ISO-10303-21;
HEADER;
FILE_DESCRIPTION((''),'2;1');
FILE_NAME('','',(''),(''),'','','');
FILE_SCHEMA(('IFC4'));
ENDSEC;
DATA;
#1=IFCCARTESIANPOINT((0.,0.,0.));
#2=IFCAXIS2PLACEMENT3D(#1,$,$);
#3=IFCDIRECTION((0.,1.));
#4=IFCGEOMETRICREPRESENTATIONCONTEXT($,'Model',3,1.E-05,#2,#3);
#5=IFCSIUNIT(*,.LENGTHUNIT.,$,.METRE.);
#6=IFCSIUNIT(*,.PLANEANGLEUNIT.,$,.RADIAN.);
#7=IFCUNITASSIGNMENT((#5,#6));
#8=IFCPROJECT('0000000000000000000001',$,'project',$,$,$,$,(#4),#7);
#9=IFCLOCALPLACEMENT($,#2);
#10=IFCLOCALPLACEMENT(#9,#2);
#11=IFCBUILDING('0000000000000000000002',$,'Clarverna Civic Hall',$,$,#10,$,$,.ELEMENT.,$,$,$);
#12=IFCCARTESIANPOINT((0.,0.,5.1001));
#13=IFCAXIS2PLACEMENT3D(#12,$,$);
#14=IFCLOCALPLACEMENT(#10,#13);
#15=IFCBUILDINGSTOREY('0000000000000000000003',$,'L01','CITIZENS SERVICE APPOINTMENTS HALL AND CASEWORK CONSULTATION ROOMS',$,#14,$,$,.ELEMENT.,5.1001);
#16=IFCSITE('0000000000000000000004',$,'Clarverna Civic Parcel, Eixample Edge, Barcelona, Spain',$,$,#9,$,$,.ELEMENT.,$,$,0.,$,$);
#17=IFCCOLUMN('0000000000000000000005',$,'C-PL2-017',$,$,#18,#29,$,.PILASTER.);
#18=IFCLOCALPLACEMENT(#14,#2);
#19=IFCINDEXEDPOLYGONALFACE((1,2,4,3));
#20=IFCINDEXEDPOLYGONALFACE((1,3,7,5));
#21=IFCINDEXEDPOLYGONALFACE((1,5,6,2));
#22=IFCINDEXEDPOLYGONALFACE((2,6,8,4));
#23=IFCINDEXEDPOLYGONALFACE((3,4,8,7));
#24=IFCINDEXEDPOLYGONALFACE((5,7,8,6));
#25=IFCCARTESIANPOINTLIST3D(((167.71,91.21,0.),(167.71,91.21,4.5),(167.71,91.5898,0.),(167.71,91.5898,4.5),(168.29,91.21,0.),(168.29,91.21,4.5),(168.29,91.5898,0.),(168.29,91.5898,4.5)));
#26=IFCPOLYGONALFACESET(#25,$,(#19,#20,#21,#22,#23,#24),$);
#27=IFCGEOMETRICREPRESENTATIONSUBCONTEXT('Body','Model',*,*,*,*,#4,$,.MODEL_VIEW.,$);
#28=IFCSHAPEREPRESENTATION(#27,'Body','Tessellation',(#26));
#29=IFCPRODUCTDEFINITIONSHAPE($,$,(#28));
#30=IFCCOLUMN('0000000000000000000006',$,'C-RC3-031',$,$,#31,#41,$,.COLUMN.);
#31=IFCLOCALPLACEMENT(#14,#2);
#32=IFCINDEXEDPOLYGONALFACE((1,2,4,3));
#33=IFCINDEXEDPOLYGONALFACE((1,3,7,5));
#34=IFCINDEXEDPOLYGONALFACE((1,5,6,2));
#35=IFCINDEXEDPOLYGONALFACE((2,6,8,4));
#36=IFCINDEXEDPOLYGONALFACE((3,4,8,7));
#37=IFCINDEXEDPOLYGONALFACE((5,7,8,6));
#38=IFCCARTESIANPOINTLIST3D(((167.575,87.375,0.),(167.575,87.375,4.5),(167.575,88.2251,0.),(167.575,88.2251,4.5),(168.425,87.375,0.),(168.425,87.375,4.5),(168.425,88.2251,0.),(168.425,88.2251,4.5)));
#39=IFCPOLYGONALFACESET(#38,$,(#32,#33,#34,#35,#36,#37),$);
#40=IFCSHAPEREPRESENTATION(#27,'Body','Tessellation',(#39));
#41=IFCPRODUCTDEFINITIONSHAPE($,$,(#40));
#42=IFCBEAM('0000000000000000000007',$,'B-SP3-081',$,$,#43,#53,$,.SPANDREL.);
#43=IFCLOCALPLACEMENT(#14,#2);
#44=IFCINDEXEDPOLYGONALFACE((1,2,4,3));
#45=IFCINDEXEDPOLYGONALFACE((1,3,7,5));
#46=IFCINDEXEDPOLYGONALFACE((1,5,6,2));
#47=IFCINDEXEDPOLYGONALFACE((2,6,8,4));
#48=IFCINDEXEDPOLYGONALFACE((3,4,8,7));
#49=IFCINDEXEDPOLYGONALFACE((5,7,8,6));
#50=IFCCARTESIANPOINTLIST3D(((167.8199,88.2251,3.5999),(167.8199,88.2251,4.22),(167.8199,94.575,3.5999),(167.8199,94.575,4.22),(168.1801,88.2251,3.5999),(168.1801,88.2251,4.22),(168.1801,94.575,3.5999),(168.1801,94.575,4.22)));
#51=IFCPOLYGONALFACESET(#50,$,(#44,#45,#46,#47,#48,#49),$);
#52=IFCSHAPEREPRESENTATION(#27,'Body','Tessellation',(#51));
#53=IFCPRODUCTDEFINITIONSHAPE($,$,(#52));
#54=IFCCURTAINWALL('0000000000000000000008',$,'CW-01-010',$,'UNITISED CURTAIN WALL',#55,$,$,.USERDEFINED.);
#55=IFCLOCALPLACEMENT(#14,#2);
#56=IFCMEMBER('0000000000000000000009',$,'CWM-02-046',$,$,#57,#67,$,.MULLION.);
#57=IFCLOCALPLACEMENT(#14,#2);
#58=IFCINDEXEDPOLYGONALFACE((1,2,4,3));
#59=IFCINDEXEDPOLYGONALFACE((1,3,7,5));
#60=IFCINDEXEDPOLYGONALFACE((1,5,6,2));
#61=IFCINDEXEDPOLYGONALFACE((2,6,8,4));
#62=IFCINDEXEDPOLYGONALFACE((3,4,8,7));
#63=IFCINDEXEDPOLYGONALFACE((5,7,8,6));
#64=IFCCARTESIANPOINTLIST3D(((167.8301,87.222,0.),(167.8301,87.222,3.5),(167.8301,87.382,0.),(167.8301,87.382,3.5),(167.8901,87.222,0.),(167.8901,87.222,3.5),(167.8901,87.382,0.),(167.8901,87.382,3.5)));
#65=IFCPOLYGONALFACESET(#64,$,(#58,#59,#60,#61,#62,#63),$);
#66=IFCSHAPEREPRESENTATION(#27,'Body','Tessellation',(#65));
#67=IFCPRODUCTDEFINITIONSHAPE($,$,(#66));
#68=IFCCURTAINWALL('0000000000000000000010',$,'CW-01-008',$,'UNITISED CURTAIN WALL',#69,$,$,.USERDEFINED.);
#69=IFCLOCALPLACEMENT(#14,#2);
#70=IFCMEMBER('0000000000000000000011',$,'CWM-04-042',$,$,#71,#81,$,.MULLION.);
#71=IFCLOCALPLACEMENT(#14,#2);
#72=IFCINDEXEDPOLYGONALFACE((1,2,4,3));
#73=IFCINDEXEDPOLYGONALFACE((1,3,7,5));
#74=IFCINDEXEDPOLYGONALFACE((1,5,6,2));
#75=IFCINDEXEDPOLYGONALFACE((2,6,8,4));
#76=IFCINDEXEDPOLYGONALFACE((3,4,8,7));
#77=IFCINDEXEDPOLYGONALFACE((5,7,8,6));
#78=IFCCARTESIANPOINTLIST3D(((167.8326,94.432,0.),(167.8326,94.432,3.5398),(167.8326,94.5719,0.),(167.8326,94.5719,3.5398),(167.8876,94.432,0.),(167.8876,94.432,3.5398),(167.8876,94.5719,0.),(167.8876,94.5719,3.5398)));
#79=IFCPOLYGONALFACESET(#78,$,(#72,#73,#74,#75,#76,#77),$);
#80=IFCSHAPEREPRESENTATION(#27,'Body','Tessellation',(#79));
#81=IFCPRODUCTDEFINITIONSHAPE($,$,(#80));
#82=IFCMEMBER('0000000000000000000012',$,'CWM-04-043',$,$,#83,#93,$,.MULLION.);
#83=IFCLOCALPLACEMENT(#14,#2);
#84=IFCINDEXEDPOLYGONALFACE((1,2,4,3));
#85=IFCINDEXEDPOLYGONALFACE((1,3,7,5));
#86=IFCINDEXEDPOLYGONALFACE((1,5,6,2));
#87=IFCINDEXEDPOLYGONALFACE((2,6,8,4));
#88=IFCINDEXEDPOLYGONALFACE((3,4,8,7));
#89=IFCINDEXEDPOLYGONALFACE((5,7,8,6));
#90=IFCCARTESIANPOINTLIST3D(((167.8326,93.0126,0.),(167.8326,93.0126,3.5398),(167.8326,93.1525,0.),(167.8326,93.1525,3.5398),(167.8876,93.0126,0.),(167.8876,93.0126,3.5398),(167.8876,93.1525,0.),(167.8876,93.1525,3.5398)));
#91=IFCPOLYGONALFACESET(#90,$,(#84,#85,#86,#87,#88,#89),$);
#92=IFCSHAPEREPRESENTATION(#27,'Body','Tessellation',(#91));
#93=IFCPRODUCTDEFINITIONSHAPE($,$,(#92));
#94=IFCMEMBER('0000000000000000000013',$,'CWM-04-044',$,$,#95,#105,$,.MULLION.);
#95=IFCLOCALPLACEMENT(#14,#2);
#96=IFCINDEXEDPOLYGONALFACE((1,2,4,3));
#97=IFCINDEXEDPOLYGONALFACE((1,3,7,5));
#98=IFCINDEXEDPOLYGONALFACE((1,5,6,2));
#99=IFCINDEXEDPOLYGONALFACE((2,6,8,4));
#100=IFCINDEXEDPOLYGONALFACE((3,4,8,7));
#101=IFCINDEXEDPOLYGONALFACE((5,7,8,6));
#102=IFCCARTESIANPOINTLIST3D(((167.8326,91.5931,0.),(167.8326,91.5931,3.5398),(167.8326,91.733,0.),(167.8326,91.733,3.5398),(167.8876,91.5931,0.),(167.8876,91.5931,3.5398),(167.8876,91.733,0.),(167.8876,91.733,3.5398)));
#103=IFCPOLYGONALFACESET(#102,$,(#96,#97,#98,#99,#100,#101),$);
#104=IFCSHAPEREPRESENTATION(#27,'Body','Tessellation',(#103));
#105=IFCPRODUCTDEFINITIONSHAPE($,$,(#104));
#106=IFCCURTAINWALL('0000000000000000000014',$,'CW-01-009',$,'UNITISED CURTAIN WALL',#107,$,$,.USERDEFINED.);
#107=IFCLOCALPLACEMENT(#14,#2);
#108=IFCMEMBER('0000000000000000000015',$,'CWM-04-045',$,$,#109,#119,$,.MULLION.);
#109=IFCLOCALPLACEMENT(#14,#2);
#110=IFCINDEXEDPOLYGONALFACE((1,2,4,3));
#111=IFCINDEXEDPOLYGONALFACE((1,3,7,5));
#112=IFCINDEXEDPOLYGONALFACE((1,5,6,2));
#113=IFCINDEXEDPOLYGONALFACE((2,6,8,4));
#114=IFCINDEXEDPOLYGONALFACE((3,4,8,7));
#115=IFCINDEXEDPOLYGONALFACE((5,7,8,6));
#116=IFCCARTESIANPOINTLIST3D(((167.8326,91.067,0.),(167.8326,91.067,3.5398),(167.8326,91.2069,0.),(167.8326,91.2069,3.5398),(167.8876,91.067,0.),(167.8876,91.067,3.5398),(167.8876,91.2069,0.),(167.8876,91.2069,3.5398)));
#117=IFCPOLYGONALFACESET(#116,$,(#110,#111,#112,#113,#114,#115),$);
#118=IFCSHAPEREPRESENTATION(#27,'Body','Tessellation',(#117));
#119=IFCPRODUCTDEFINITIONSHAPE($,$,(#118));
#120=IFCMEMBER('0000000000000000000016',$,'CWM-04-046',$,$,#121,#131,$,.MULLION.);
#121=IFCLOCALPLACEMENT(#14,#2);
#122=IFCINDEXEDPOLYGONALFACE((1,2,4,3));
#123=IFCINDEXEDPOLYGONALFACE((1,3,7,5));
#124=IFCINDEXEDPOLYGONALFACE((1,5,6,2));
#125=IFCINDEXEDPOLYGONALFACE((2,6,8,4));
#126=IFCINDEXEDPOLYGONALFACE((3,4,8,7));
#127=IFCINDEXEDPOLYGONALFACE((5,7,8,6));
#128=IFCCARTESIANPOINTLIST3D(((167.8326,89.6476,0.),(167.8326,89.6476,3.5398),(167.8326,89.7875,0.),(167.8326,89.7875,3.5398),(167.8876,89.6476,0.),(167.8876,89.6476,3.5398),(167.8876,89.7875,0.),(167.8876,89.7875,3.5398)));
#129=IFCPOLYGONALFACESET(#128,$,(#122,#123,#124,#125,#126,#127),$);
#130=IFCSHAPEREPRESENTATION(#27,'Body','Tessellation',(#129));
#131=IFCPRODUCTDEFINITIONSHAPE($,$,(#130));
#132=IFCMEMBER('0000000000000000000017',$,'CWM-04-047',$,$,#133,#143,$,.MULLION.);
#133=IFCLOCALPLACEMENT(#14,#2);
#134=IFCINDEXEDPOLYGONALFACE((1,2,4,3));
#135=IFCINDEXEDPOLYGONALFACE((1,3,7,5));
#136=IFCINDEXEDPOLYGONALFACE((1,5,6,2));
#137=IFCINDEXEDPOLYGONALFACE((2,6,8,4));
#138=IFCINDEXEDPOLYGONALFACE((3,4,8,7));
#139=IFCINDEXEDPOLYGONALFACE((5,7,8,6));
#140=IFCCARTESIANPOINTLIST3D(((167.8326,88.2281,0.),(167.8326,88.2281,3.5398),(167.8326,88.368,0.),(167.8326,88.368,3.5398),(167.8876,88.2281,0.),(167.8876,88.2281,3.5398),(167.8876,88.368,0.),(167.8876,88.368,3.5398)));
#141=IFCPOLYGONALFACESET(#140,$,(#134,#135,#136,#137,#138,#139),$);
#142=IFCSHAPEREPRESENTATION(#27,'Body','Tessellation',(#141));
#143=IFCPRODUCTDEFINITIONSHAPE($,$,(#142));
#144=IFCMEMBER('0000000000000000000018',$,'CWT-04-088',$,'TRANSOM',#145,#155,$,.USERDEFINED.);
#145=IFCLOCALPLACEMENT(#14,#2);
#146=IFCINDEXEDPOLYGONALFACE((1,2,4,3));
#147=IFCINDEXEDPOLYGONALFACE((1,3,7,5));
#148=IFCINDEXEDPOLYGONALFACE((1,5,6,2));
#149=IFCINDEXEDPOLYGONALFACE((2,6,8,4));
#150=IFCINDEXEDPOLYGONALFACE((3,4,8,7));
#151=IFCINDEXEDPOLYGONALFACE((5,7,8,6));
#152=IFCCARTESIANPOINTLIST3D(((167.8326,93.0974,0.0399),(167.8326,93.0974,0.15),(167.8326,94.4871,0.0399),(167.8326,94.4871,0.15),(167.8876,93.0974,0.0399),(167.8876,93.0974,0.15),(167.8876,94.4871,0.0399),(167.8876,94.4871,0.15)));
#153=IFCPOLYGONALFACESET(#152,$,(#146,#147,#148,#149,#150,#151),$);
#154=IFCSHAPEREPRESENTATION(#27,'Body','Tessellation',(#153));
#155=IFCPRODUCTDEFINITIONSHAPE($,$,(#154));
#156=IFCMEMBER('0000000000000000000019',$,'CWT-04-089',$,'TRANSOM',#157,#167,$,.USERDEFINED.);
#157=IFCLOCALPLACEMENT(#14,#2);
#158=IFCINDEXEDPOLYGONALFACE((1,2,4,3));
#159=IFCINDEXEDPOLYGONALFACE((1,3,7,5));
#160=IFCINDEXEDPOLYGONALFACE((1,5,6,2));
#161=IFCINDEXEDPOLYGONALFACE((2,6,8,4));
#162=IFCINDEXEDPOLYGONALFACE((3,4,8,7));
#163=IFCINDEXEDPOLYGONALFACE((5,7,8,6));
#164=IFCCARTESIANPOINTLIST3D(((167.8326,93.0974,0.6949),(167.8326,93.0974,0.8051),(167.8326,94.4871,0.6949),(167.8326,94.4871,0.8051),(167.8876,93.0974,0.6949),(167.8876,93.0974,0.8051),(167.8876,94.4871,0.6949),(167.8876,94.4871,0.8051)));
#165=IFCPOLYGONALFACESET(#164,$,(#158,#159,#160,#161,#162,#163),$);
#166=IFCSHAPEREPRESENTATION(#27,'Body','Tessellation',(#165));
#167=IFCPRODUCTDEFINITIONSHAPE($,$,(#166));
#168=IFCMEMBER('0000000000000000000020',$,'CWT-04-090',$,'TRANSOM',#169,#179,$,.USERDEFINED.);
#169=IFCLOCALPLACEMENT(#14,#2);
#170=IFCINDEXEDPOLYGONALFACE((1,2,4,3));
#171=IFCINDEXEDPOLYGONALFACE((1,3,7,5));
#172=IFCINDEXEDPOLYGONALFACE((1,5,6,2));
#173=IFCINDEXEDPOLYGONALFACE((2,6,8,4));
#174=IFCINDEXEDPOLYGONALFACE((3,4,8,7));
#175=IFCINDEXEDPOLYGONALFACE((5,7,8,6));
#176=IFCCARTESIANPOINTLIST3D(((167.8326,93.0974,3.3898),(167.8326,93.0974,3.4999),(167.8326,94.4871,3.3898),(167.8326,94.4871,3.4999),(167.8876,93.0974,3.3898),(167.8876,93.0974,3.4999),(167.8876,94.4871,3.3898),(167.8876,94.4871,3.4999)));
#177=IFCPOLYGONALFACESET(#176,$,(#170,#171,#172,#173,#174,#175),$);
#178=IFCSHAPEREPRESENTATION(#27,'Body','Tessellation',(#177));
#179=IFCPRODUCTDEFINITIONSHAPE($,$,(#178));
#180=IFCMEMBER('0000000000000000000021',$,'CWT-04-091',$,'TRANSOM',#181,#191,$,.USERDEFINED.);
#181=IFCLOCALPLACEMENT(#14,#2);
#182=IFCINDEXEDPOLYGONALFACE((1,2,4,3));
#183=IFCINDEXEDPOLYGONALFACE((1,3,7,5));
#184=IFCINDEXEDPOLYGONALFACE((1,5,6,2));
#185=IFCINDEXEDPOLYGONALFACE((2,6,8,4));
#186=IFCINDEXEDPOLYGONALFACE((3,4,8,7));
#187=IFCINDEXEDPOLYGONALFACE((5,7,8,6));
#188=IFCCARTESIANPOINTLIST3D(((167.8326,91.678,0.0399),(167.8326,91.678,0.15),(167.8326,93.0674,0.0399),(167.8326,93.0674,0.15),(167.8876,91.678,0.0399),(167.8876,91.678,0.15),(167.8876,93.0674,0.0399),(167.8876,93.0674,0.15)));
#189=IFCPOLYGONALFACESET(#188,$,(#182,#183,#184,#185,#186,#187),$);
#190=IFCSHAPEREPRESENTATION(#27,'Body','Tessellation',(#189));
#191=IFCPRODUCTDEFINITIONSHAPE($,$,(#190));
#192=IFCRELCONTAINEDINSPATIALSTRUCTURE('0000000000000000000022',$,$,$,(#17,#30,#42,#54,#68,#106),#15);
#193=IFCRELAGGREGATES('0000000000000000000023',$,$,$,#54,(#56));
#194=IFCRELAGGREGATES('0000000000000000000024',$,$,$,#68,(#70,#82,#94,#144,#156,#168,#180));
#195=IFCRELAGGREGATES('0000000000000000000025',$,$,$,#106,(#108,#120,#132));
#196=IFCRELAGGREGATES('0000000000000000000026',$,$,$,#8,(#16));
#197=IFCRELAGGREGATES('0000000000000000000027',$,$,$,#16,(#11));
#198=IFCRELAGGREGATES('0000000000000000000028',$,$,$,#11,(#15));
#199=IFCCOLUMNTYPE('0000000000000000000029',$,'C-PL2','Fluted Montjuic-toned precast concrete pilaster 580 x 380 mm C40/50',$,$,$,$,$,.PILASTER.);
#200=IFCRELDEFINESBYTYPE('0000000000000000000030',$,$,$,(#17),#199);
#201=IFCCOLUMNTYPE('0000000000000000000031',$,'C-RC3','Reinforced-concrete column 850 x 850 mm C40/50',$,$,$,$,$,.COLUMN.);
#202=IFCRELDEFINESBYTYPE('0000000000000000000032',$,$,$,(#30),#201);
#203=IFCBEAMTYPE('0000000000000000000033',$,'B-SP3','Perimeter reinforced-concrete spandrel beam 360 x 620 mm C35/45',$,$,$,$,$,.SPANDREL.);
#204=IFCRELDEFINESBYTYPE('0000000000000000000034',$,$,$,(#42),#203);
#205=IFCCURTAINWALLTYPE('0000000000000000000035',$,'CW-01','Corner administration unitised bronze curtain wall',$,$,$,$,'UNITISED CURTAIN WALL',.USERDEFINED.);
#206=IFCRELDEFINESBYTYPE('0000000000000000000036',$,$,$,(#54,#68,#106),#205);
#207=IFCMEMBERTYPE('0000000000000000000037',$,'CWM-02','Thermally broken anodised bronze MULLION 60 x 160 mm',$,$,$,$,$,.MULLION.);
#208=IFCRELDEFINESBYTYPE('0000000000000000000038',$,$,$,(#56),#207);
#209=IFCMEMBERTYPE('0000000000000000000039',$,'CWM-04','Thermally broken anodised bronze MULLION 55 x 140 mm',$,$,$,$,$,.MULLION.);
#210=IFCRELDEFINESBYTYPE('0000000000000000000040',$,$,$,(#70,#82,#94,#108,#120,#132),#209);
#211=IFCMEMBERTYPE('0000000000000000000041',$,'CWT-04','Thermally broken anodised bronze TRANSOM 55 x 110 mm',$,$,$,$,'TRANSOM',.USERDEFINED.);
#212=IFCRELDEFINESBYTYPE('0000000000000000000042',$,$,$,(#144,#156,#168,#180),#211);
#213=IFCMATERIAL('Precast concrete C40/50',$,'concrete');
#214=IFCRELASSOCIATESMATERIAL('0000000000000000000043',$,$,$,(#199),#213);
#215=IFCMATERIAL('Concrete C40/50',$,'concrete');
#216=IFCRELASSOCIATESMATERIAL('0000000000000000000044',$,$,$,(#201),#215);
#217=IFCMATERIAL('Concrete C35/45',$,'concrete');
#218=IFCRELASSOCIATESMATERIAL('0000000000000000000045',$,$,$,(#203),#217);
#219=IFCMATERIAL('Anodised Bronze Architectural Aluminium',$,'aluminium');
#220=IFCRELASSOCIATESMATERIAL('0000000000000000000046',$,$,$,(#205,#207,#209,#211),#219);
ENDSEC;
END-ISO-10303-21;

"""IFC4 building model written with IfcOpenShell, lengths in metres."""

from ifc_helpers import new_model, si_unit, direction, frame, origin, origin_2d, place, context, subcontext, project, spatial, rectangle, extrude, material, material_profile, profile_set, type_object, element, aggregate, save


model = new_model("IFC4")

# Units and contexts
model_context = context("Model", 3, precision=1e-05, world=origin(), true_north=direction((0.0, 1.0)))
body_context = subcontext(model_context, "Body", "Model", "MODEL_VIEW")
ifc_project = project(units=[si_unit("LENGTHUNIT", "METRE"), si_unit("PLANEANGLEUNIT", "RADIAN")], contexts=[model_context])

# Site, building, storey
site_placement = place(None, origin())
site = spatial("IfcSite", under=ifc_project, at=site_placement, Name="Clarverna Civic Parcel, Eixample Edge, Barcelona, Spain", CompositionType="ELEMENT", RefElevation=0.0)
building_placement = place(site_placement, origin())
building = spatial("IfcBuilding", under=site, at=building_placement, Name="Clarverna Civic Hall", CompositionType="ELEMENT")
storey_placement = place(building_placement, frame((0.0, 0.0, 5.1001)))
storey = spatial("IfcBuildingStorey", under=building, at=storey_placement, Name="L01", Description="CITIZENS SERVICE APPOINTMENTS HALL AND CASEWORK CONSULTATION ROOMS", CompositionType="ELEMENT", Elevation=5.1001)

# Columns
ifc_material_1 = material(Name="Precast concrete C40/50", Category="concrete")
ifc_material_profile_1 = material_profile(ifc_material_1, rectangle(XDim=0.5801, YDim=0.3799, at=origin_2d()), Name="PILASTER 580x380")
ifc_profile_set_1 = profile_set([ifc_material_profile_1], Name="Precast concrete C40/50")
column_type_1 = type_object("IfcColumnType", Name="C-PL2", Description="Fluted Montjuic-toned precast concrete pilaster 580 x 380 mm C40/50", PredefinedType="PILASTER", material=ifc_profile_set_1)
column_1_placement = place(storey_placement, frame((168.0, 91.3999, 0.0), z_axis=(0.0, 0.0, 1.0), x_axis=(1.0, 0.0, 0.0)))
element("IfcColumn", 1, at=column_1_placement, inside=storey, type_object=column_type_1, Name="C-PL2-017", PredefinedType="PILASTER", context=body_context, shape_type="SweptSolid", body=[
    extrude(rectangle(XDim=0.5801, YDim=0.3799, at=origin_2d()), origin(), (0.0, 0.0, 1.0), 4.5),
])
ifc_material_2 = material(Name="Concrete C40/50", Category="concrete")
ifc_material_profile_2 = material_profile(ifc_material_2, rectangle(XDim=0.8501, YDim=0.8501, at=origin_2d()), Name="RC 850x850")
ifc_profile_set_2 = profile_set([ifc_material_profile_2], Name="Concrete C40/50")
column_type_2 = type_object("IfcColumnType", Name="C-RC3", Description="Reinforced-concrete column 850 x 850 mm C40/50", PredefinedType="COLUMN", material=ifc_profile_set_2)
column_2_placement = place(storey_placement, frame((168.0, 87.8, 0.0), z_axis=(0.0, 0.0, 1.0), x_axis=(1.0, 0.0, 0.0)))
element("IfcColumn", 2, at=column_2_placement, inside=storey, type_object=column_type_2, Name="C-RC3-031", PredefinedType="COLUMN", context=body_context, shape_type="SweptSolid", body=[
    extrude(rectangle(XDim=0.8501, YDim=0.8501, at=origin_2d()), origin(), (0.0, 0.0, 1.0), 4.5),
])

# Beam
ifc_material_3 = material(Name="Concrete C35/45", Category="concrete")
ifc_material_profile_3 = material_profile(ifc_material_3, rectangle(XDim=0.3601, YDim=0.6201, at=origin_2d()), Name="RC 360x620")
ifc_profile_set_3 = profile_set([ifc_material_profile_3], Name="Concrete C35/45")
beam_type_1 = type_object("IfcBeamType", Name="B-SP3", Description="Perimeter reinforced-concrete spandrel beam 360 x 620 mm C35/45", PredefinedType="SPANDREL", material=ifc_profile_set_3)
beam_1_placement = place(storey_placement, frame((168.0, 88.2251, 3.9099), z_axis=(0.0, 1.0, 0.0), x_axis=(-1.0, 0.0, 0.0)))
element("IfcBeam", 3, at=beam_1_placement, inside=storey, type_object=beam_type_1, Name="B-SP3-081", PredefinedType="SPANDREL", context=body_context, shape_type="SweptSolid", body=[
    extrude(rectangle(XDim=0.3601, YDim=0.6201, at=origin_2d()), origin(), (0.0, 0.0, 1.0), 6.3499),
])

# Curtain wall, member
ifc_material_4 = material(Name="Anodised Bronze Architectural Aluminium", Category="aluminium")
curtain_wall_type = type_object("IfcCurtainWallType", Name="CW-01", Description="Corner administration unitised bronze curtain wall", ElementType="UNITISED CURTAIN WALL", PredefinedType="USERDEFINED", material=ifc_material_4)
curtain_wall_1_placement = place(storey_placement, origin())
curtain_wall_1 = element("IfcCurtainWall", 4, at=curtain_wall_1_placement, inside=storey, type_object=curtain_wall_type, Name="CW-01-010", ObjectType="UNITISED CURTAIN WALL", PredefinedType="USERDEFINED")
ifc_material_profile_4 = material_profile(ifc_material_4, rectangle(XDim=0.0601, YDim=0.1599, at=origin_2d()), Name="BRONZE 60x160")
ifc_profile_set_4 = profile_set([ifc_material_profile_4], Name="Anodised Bronze Architectural Aluminium")
member_type_1 = type_object("IfcMemberType", Name="CWM-02", Description="Thermally broken anodised bronze MULLION 60 x 160 mm", PredefinedType="MULLION", material=ifc_profile_set_4)
member_1_placement = place(storey_placement, frame((167.8601, 87.302, 0.0), z_axis=(0.0, 0.0, 1.0), x_axis=(1.0, 0.0, 0.0)))
member_1 = element("IfcMember", 5, at=member_1_placement, type_object=member_type_1, Name="CWM-02-046", PredefinedType="MULLION", context=body_context, shape_type="SweptSolid", body=[
    extrude(rectangle(XDim=0.0601, YDim=0.1599, at=origin_2d()), origin(), (0.0, 0.0, 1.0), 3.5),
])
aggregate(curtain_wall_1, [member_1])

# Curtain walls, members
curtain_wall_2_placement = place(storey_placement, origin())
curtain_wall_2 = element("IfcCurtainWall", 6, at=curtain_wall_2_placement, inside=storey, type_object=curtain_wall_type, Name="CW-01-008", ObjectType="UNITISED CURTAIN WALL", PredefinedType="USERDEFINED")
ifc_material_profile_5 = material_profile(ifc_material_4, rectangle(XDim=0.0549, YDim=0.1399, at=origin_2d()), Name="BRONZE 55x140")
ifc_profile_set_5 = profile_set([ifc_material_profile_5], Name="Anodised Bronze Architectural Aluminium")
member_type_2 = type_object("IfcMemberType", Name="CWM-04", Description="Thermally broken anodised bronze MULLION 55 x 140 mm", PredefinedType="MULLION", material=ifc_profile_set_5)
member_2_placement = place(storey_placement, frame((167.8601, 94.502, 0.0), z_axis=(0.0, 0.0, 1.0), x_axis=(1.0, 0.0, 0.0)))
member_2 = element("IfcMember", 7, at=member_2_placement, type_object=member_type_2, Name="CWM-04-042", PredefinedType="MULLION", context=body_context, shape_type="SweptSolid", body=[
    extrude(rectangle(XDim=0.0549, YDim=0.1399, at=origin_2d()), origin(), (0.0, 0.0, 1.0), 3.5398),
])
member_3_placement = place(storey_placement, frame((167.8601, 93.0825, 0.0), z_axis=(0.0, 0.0, 1.0), x_axis=(1.0, 0.0, 0.0)))
member_3 = element("IfcMember", 8, at=member_3_placement, type_object=member_type_2, Name="CWM-04-043", PredefinedType="MULLION", context=body_context, shape_type="SweptSolid", body=[
    extrude(rectangle(XDim=0.0549, YDim=0.1399, at=origin_2d()), origin(), (0.0, 0.0, 1.0), 3.5398),
])
member_4_placement = place(storey_placement, frame((167.8601, 91.6631, 0.0), z_axis=(0.0, 0.0, 1.0), x_axis=(1.0, 0.0, 0.0)))
member_4 = element("IfcMember", 9, at=member_4_placement, type_object=member_type_2, Name="CWM-04-044", PredefinedType="MULLION", context=body_context, shape_type="SweptSolid", body=[
    extrude(rectangle(XDim=0.0549, YDim=0.1399, at=origin_2d()), origin(), (0.0, 0.0, 1.0), 3.5398),
])
curtain_wall_3_placement = place(storey_placement, origin())
curtain_wall_3 = element("IfcCurtainWall", 10, at=curtain_wall_3_placement, inside=storey, type_object=curtain_wall_type, Name="CW-01-009", ObjectType="UNITISED CURTAIN WALL", PredefinedType="USERDEFINED")
member_5_placement = place(storey_placement, frame((167.8601, 91.137, 0.0), z_axis=(0.0, 0.0, 1.0), x_axis=(1.0, 0.0, 0.0)))
member_5 = element("IfcMember", 11, at=member_5_placement, type_object=member_type_2, Name="CWM-04-045", PredefinedType="MULLION", context=body_context, shape_type="SweptSolid", body=[
    extrude(rectangle(XDim=0.0549, YDim=0.1399, at=origin_2d()), origin(), (0.0, 0.0, 1.0), 3.5398),
])
member_6_placement = place(storey_placement, frame((167.8601, 89.7175, 0.0), z_axis=(0.0, 0.0, 1.0), x_axis=(1.0, 0.0, 0.0)))
member_6 = element("IfcMember", 12, at=member_6_placement, type_object=member_type_2, Name="CWM-04-046", PredefinedType="MULLION", context=body_context, shape_type="SweptSolid", body=[
    extrude(rectangle(XDim=0.0549, YDim=0.1399, at=origin_2d()), origin(), (0.0, 0.0, 1.0), 3.5398),
])
member_7_placement = place(storey_placement, frame((167.8601, 88.2981, 0.0), z_axis=(0.0, 0.0, 1.0), x_axis=(1.0, 0.0, 0.0)))
member_7 = element("IfcMember", 13, at=member_7_placement, type_object=member_type_2, Name="CWM-04-047", PredefinedType="MULLION", context=body_context, shape_type="SweptSolid", body=[
    extrude(rectangle(XDim=0.0549, YDim=0.1399, at=origin_2d()), origin(), (0.0, 0.0, 1.0), 3.5398),
])

# Members
ifc_material_profile_6 = material_profile(ifc_material_4, rectangle(XDim=0.0549, YDim=0.1101, at=origin_2d()), Name="BRONZE 55x110")
ifc_profile_set_6 = profile_set([ifc_material_profile_6], Name="Anodised Bronze Architectural Aluminium")
member_type_3 = type_object("IfcMemberType", Name="CWT-04", Description="Thermally broken anodised bronze TRANSOM 55 x 110 mm", ElementType="TRANSOM", PredefinedType="USERDEFINED", material=ifc_profile_set_6)
member_8_placement = place(storey_placement, frame((167.8601, 94.4871, 0.095), z_axis=(0.0, -1.0, 0.0), x_axis=(1.0, 0.0, 0.0)))
member_8 = element("IfcMember", 14, at=member_8_placement, type_object=member_type_3, Name="CWT-04-088", ObjectType="TRANSOM", PredefinedType="USERDEFINED", context=body_context, shape_type="SweptSolid", body=[
    extrude(rectangle(XDim=0.0549, YDim=0.1101, at=origin_2d()), origin(), (0.0, 0.0, 1.0), 1.3896),
])
member_9_placement = place(storey_placement, frame((167.8601, 94.4871, 0.75), z_axis=(0.0, -1.0, 0.0), x_axis=(1.0, 0.0, 0.0)))
member_9 = element("IfcMember", 15, at=member_9_placement, type_object=member_type_3, Name="CWT-04-089", ObjectType="TRANSOM", PredefinedType="USERDEFINED", context=body_context, shape_type="SweptSolid", body=[
    extrude(rectangle(XDim=0.0549, YDim=0.1101, at=origin_2d()), origin(), (0.0, 0.0, 1.0), 1.3896),
])
member_10_placement = place(storey_placement, frame((167.8601, 94.4871, 3.4448), z_axis=(0.0, -1.0, 0.0), x_axis=(1.0, 0.0, 0.0)))
member_10 = element("IfcMember", 16, at=member_10_placement, type_object=member_type_3, Name="CWT-04-090", ObjectType="TRANSOM", PredefinedType="USERDEFINED", context=body_context, shape_type="SweptSolid", body=[
    extrude(rectangle(XDim=0.0549, YDim=0.1101, at=origin_2d()), origin(), (0.0, 0.0, 1.0), 1.3896),
])
member_11_placement = place(storey_placement, frame((167.8601, 93.0674, 0.095), z_axis=(0.0, -1.0, 0.0), x_axis=(1.0, 0.0, 0.0)))
member_11 = element("IfcMember", 17, at=member_11_placement, type_object=member_type_3, Name="CWT-04-091", ObjectType="TRANSOM", PredefinedType="USERDEFINED", context=body_context, shape_type="SweptSolid", body=[
    extrude(rectangle(XDim=0.0549, YDim=0.1101, at=origin_2d()), origin(), (0.0, 0.0, 1.0), 1.3894),
])

aggregate(curtain_wall_2, [member_2, member_3, member_4, member_8, member_9, member_10, member_11])
aggregate(curtain_wall_3, [member_5, member_6, member_7])

save(model, "model.ifc")
